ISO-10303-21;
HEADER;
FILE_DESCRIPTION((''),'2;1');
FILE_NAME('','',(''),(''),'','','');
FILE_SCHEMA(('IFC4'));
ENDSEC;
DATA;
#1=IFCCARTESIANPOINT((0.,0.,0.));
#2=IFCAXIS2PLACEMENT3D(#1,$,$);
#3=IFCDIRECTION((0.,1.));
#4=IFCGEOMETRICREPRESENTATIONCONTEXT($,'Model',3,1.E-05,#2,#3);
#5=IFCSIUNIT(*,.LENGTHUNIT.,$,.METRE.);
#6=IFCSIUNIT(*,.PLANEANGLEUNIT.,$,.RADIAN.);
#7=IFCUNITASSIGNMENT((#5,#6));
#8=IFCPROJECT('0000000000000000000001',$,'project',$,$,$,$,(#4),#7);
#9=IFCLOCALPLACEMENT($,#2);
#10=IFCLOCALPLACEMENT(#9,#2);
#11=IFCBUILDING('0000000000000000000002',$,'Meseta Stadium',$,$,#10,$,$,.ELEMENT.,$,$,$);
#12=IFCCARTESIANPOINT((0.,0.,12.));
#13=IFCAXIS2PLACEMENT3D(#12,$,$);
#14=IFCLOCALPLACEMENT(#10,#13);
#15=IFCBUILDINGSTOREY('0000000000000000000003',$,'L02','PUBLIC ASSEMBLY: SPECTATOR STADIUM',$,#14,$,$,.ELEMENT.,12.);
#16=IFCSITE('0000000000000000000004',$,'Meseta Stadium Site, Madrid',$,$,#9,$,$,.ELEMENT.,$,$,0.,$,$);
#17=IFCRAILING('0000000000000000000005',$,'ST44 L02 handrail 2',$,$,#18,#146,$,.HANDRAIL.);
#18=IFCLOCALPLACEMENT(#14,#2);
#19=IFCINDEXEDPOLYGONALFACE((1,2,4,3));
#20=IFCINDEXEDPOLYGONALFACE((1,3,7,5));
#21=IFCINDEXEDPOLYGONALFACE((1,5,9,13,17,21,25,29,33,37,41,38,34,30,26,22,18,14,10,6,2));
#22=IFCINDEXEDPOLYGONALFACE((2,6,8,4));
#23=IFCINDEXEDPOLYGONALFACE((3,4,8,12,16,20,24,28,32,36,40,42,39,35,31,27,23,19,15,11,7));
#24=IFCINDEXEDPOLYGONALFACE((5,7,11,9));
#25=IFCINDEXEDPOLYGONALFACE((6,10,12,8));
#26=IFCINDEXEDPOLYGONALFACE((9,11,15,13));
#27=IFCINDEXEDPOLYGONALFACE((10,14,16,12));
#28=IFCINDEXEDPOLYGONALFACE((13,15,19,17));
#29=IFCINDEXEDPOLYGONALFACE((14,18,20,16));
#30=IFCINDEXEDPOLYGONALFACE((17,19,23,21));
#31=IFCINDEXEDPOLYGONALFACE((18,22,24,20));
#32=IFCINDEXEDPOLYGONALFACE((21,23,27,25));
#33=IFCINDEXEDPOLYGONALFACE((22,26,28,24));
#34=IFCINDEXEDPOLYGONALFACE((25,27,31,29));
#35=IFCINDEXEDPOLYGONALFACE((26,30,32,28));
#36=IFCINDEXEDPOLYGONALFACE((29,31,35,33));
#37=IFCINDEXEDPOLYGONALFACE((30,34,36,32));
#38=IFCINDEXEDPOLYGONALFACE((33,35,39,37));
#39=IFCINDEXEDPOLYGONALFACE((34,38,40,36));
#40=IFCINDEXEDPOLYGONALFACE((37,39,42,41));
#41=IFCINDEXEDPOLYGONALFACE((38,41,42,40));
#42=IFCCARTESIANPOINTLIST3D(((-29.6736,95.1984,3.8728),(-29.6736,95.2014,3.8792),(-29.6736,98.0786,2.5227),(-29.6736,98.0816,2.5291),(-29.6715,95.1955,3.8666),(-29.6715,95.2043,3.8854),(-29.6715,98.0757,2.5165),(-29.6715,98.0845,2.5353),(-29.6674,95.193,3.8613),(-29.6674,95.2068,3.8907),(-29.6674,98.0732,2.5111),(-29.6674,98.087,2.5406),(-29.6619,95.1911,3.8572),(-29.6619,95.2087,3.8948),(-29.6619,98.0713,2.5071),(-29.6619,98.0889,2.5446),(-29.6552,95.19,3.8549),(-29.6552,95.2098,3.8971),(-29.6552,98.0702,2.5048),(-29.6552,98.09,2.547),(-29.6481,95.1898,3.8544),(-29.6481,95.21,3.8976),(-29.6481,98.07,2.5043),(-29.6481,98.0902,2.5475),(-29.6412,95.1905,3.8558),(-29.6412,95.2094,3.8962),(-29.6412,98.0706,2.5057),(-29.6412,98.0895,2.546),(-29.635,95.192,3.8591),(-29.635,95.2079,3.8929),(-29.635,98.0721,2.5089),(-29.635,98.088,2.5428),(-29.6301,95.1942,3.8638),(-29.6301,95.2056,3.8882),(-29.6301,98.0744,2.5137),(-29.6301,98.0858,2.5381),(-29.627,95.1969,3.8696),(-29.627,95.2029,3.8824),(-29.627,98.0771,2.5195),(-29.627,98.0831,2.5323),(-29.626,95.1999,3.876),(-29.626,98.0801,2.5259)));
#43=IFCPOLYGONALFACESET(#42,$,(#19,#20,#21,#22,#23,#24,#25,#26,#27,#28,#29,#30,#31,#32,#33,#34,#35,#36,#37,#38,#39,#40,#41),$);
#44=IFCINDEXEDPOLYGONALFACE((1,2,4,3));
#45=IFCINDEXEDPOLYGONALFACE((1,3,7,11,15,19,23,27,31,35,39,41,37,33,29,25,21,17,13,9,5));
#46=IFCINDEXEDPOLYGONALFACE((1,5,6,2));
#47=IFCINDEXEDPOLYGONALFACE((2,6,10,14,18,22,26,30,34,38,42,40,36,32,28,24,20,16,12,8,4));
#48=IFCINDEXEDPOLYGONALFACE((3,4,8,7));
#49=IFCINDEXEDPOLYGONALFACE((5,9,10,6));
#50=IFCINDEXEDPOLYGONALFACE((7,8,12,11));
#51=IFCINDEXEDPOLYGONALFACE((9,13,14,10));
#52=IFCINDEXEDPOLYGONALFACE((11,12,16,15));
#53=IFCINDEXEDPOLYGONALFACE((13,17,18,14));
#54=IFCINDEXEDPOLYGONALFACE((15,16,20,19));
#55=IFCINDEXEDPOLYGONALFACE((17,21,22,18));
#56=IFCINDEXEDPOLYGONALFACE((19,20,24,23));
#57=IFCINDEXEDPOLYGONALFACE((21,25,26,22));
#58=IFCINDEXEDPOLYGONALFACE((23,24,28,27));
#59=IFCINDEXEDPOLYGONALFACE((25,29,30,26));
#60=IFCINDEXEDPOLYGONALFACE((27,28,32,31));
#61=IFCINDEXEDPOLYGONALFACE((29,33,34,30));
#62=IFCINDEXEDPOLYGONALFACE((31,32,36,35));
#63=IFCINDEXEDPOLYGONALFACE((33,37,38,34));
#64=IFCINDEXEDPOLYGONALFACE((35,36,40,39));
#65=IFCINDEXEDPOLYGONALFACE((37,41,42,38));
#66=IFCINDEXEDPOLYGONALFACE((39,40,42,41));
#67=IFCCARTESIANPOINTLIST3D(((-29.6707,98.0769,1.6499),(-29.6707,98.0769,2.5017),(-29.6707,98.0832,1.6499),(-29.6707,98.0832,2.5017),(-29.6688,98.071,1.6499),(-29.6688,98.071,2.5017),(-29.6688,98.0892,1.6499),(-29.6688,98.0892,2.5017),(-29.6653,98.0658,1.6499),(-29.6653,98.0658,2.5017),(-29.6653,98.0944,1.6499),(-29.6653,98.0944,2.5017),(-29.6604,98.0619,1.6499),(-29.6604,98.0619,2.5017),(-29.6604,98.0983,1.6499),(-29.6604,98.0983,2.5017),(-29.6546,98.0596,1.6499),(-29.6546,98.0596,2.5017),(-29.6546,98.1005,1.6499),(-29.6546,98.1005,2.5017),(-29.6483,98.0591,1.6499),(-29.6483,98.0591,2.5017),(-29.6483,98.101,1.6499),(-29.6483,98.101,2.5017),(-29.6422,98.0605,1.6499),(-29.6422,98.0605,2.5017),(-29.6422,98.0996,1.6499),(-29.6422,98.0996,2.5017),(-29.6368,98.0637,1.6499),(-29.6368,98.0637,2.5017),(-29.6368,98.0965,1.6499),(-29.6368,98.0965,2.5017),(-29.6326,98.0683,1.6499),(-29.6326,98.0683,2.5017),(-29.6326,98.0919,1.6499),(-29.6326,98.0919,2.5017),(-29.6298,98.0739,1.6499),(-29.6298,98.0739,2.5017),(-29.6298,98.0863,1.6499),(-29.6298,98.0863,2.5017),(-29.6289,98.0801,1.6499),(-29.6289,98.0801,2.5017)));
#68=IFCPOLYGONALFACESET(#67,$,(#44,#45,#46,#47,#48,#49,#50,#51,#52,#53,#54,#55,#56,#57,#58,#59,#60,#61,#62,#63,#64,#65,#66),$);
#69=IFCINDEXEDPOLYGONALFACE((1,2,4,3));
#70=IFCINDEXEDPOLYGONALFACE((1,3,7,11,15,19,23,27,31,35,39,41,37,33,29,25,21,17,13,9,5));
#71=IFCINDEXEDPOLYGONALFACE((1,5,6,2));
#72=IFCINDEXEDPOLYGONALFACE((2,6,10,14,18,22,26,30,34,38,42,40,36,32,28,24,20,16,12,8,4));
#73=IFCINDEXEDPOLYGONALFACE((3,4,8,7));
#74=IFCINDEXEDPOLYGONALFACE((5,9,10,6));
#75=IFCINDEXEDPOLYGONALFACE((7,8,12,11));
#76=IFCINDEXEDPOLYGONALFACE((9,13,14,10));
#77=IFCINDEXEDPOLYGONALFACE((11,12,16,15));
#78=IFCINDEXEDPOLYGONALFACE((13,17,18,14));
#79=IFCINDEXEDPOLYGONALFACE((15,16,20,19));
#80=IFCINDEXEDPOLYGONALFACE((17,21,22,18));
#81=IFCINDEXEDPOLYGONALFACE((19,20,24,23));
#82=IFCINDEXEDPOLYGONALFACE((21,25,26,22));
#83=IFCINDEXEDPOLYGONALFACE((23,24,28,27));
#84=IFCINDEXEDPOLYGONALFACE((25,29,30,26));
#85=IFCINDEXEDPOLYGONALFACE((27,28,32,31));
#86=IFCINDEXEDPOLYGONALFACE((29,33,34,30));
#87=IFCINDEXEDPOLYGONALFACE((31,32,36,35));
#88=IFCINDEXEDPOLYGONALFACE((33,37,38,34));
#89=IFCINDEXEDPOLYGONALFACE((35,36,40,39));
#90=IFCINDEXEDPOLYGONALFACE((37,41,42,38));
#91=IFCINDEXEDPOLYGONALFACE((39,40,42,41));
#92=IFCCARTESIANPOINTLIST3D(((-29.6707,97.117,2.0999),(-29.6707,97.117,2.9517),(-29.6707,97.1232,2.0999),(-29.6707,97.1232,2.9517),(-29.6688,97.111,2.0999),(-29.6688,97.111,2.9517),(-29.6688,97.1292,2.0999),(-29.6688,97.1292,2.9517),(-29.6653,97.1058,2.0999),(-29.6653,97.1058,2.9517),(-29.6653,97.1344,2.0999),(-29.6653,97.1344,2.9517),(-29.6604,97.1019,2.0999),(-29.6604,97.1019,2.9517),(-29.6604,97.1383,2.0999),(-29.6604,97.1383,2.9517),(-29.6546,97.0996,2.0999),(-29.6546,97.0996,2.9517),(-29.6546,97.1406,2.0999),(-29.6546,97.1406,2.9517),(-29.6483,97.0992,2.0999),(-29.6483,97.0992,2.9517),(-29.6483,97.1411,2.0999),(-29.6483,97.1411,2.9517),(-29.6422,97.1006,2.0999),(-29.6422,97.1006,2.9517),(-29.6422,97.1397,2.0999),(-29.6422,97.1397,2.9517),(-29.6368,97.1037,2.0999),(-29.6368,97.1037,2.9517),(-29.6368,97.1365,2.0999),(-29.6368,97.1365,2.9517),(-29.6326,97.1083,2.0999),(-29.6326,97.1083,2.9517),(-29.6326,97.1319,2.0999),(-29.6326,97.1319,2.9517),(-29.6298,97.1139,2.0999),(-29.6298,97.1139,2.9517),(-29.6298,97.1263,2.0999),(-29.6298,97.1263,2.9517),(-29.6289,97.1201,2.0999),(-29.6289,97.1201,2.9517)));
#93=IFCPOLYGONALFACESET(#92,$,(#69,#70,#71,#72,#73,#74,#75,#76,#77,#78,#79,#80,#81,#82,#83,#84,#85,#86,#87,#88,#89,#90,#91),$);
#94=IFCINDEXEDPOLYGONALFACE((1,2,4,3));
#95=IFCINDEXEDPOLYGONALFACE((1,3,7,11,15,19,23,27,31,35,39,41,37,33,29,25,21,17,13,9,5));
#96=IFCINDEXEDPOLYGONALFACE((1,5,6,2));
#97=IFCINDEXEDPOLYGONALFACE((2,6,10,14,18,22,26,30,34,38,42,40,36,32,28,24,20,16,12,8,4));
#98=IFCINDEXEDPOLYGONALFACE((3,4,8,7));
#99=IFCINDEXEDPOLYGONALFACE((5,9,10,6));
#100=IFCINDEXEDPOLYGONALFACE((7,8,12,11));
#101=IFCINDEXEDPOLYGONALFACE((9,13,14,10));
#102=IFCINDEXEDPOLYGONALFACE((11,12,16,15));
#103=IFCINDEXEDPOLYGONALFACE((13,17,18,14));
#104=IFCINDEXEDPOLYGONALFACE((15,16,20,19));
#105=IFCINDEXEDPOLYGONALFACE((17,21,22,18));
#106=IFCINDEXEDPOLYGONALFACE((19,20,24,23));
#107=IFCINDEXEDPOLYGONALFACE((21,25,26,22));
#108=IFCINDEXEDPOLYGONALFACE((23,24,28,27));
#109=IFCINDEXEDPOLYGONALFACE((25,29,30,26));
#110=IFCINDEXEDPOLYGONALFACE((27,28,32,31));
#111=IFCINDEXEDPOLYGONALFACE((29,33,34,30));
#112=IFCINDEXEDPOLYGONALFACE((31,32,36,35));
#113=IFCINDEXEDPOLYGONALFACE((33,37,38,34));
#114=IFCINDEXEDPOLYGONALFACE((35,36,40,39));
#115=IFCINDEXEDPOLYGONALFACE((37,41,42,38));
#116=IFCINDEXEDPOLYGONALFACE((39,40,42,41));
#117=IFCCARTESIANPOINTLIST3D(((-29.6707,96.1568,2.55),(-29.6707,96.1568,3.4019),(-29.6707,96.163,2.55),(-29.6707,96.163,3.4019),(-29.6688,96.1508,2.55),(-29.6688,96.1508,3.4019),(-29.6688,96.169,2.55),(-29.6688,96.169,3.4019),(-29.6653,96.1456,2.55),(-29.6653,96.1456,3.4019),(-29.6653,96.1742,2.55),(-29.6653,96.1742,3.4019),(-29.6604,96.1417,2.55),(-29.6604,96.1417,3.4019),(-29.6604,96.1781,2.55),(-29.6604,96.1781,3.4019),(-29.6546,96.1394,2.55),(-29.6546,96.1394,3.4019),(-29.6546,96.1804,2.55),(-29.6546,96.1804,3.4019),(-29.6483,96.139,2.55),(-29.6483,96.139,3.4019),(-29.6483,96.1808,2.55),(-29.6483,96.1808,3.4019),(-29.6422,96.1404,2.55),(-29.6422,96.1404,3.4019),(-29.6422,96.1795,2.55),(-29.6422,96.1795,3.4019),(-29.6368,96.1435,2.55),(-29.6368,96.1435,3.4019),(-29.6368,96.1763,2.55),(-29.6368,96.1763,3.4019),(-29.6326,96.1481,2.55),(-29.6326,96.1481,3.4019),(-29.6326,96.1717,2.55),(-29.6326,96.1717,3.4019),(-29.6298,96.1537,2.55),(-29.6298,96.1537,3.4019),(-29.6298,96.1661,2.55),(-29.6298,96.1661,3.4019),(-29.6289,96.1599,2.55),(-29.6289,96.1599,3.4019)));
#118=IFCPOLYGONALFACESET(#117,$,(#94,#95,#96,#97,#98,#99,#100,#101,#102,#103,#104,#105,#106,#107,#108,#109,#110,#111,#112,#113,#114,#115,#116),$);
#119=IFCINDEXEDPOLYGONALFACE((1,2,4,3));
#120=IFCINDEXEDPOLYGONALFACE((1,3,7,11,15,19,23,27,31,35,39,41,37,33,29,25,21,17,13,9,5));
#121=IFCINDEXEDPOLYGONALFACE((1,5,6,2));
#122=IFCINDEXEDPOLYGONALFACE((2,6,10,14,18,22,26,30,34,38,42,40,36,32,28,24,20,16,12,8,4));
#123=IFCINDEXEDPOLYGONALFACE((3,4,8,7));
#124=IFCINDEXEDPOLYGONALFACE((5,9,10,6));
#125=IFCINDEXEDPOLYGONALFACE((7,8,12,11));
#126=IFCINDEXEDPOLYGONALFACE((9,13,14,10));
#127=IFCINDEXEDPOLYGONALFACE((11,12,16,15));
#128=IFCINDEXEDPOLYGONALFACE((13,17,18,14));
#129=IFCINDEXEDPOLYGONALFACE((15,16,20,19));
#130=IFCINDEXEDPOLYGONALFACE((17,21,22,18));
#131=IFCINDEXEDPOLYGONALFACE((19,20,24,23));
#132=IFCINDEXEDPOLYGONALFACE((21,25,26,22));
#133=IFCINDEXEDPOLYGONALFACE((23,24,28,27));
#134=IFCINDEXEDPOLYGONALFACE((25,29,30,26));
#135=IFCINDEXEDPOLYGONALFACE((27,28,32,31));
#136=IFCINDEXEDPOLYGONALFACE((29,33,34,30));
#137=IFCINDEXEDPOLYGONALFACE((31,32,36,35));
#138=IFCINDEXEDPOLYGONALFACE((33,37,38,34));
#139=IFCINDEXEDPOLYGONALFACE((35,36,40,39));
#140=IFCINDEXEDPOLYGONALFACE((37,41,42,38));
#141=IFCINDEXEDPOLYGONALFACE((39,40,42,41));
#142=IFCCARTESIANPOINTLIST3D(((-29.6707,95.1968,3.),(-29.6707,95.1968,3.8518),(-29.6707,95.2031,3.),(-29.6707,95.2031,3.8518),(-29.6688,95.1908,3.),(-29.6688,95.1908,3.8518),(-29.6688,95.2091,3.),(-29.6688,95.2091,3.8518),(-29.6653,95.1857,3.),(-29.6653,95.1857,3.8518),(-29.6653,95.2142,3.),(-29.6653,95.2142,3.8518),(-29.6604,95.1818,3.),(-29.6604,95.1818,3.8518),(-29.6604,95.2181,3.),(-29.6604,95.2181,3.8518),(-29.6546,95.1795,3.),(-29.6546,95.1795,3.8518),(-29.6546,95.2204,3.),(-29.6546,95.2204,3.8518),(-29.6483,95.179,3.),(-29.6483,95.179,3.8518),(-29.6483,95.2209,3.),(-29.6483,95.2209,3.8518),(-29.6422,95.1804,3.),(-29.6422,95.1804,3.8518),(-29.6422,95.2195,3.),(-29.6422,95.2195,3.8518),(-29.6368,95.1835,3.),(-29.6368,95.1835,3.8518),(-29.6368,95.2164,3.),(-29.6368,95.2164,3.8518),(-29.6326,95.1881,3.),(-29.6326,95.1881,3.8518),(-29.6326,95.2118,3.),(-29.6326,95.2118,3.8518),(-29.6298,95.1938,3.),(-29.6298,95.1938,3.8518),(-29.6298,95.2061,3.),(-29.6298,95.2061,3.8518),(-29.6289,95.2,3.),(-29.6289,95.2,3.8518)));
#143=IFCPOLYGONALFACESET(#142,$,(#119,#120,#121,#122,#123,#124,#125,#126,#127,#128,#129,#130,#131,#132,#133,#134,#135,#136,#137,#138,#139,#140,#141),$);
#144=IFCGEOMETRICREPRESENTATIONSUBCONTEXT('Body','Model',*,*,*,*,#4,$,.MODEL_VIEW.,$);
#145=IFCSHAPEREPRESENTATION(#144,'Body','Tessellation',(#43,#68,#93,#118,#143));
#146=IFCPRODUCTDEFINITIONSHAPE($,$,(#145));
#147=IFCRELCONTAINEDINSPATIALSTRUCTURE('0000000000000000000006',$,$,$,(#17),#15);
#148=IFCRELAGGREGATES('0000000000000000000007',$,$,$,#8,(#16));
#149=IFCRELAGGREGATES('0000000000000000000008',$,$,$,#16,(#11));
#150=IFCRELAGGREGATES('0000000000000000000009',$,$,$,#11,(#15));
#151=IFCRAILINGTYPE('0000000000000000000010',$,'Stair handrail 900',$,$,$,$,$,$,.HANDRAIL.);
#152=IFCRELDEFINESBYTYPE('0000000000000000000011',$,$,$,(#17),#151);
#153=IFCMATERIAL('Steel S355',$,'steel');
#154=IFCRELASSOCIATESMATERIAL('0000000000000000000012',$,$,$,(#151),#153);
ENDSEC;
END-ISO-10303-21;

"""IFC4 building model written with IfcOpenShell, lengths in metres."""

from ifc_helpers import new_model, si_unit, direction, frame, origin, origin_2d, place, context, subcontext, project, spatial, circle, extrude, material, type_object, element, save


model = new_model("IFC4")

# Units and contexts
model_context = context("Model", 3, precision=1e-05, world=origin(), true_north=direction((0.0, 1.0)))
body_context = subcontext(model_context, "Body", "Model", "MODEL_VIEW")
ifc_project = project(units=[si_unit("LENGTHUNIT", "METRE"), si_unit("PLANEANGLEUNIT", "RADIAN")], contexts=[model_context])

# Site, building, storey
site_placement = place(None, origin())
site = spatial("IfcSite", under=ifc_project, at=site_placement, Name="Meseta Stadium Site, Madrid", CompositionType="ELEMENT", RefElevation=0.0)
building_placement = place(site_placement, origin())
building = spatial("IfcBuilding", under=site, at=building_placement, Name="Meseta Stadium", CompositionType="ELEMENT")
storey_placement = place(building_placement, frame((0.0, 0.0, 12.0)))
storey = spatial("IfcBuildingStorey", under=building, at=storey_placement, Name="L02", Description="PUBLIC ASSEMBLY: SPECTATOR STADIUM", CompositionType="ELEMENT", Elevation=12.0)

# Railing
ifc_material_1 = material(Name="Steel S355", Category="steel")
railing_type_1 = type_object("IfcRailingType", Name="Stair handrail 900", PredefinedType="HANDRAIL", material=ifc_material_1)
railing_1_placement = place(storey_placement, frame((-29.6499, 98.0801, 1.6499)))
element("IfcRailing", 1, at=railing_1_placement, inside=storey, type_object=railing_type_1, Name="ST44 L02 handrail 2", PredefinedType="HANDRAIL", context=body_context, shape_type="SweptSolid", body=[
    extrude(circle(Radius=0.0239, at=origin_2d()), frame((0.0, 0.0, 0.876), z_axis=(0.0, -0.905454, 0.424444), x_axis=(1.0, 0.0, 0.0)), (0.0, 0.0, 1.0), 3.1809),
    extrude(circle(Radius=0.021, at=origin_2d()), origin(), (0.0, 0.0, 1.0), 0.8518),
    extrude(circle(Radius=0.021, at=origin_2d()), frame((0.0, -0.96, 0.45)), (0.0, 0.0, 1.0), 0.8518),
    extrude(circle(Radius=0.021, at=origin_2d()), frame((0.0, -1.9202, 0.9001)), (0.0, 0.0, 1.0), 0.8518),
    extrude(circle(Radius=0.021, at=origin_2d()), frame((0.0, -2.8801, 1.3501)), (0.0, 0.0, 1.0), 0.8518),
])

save(model, "model.ifc")
